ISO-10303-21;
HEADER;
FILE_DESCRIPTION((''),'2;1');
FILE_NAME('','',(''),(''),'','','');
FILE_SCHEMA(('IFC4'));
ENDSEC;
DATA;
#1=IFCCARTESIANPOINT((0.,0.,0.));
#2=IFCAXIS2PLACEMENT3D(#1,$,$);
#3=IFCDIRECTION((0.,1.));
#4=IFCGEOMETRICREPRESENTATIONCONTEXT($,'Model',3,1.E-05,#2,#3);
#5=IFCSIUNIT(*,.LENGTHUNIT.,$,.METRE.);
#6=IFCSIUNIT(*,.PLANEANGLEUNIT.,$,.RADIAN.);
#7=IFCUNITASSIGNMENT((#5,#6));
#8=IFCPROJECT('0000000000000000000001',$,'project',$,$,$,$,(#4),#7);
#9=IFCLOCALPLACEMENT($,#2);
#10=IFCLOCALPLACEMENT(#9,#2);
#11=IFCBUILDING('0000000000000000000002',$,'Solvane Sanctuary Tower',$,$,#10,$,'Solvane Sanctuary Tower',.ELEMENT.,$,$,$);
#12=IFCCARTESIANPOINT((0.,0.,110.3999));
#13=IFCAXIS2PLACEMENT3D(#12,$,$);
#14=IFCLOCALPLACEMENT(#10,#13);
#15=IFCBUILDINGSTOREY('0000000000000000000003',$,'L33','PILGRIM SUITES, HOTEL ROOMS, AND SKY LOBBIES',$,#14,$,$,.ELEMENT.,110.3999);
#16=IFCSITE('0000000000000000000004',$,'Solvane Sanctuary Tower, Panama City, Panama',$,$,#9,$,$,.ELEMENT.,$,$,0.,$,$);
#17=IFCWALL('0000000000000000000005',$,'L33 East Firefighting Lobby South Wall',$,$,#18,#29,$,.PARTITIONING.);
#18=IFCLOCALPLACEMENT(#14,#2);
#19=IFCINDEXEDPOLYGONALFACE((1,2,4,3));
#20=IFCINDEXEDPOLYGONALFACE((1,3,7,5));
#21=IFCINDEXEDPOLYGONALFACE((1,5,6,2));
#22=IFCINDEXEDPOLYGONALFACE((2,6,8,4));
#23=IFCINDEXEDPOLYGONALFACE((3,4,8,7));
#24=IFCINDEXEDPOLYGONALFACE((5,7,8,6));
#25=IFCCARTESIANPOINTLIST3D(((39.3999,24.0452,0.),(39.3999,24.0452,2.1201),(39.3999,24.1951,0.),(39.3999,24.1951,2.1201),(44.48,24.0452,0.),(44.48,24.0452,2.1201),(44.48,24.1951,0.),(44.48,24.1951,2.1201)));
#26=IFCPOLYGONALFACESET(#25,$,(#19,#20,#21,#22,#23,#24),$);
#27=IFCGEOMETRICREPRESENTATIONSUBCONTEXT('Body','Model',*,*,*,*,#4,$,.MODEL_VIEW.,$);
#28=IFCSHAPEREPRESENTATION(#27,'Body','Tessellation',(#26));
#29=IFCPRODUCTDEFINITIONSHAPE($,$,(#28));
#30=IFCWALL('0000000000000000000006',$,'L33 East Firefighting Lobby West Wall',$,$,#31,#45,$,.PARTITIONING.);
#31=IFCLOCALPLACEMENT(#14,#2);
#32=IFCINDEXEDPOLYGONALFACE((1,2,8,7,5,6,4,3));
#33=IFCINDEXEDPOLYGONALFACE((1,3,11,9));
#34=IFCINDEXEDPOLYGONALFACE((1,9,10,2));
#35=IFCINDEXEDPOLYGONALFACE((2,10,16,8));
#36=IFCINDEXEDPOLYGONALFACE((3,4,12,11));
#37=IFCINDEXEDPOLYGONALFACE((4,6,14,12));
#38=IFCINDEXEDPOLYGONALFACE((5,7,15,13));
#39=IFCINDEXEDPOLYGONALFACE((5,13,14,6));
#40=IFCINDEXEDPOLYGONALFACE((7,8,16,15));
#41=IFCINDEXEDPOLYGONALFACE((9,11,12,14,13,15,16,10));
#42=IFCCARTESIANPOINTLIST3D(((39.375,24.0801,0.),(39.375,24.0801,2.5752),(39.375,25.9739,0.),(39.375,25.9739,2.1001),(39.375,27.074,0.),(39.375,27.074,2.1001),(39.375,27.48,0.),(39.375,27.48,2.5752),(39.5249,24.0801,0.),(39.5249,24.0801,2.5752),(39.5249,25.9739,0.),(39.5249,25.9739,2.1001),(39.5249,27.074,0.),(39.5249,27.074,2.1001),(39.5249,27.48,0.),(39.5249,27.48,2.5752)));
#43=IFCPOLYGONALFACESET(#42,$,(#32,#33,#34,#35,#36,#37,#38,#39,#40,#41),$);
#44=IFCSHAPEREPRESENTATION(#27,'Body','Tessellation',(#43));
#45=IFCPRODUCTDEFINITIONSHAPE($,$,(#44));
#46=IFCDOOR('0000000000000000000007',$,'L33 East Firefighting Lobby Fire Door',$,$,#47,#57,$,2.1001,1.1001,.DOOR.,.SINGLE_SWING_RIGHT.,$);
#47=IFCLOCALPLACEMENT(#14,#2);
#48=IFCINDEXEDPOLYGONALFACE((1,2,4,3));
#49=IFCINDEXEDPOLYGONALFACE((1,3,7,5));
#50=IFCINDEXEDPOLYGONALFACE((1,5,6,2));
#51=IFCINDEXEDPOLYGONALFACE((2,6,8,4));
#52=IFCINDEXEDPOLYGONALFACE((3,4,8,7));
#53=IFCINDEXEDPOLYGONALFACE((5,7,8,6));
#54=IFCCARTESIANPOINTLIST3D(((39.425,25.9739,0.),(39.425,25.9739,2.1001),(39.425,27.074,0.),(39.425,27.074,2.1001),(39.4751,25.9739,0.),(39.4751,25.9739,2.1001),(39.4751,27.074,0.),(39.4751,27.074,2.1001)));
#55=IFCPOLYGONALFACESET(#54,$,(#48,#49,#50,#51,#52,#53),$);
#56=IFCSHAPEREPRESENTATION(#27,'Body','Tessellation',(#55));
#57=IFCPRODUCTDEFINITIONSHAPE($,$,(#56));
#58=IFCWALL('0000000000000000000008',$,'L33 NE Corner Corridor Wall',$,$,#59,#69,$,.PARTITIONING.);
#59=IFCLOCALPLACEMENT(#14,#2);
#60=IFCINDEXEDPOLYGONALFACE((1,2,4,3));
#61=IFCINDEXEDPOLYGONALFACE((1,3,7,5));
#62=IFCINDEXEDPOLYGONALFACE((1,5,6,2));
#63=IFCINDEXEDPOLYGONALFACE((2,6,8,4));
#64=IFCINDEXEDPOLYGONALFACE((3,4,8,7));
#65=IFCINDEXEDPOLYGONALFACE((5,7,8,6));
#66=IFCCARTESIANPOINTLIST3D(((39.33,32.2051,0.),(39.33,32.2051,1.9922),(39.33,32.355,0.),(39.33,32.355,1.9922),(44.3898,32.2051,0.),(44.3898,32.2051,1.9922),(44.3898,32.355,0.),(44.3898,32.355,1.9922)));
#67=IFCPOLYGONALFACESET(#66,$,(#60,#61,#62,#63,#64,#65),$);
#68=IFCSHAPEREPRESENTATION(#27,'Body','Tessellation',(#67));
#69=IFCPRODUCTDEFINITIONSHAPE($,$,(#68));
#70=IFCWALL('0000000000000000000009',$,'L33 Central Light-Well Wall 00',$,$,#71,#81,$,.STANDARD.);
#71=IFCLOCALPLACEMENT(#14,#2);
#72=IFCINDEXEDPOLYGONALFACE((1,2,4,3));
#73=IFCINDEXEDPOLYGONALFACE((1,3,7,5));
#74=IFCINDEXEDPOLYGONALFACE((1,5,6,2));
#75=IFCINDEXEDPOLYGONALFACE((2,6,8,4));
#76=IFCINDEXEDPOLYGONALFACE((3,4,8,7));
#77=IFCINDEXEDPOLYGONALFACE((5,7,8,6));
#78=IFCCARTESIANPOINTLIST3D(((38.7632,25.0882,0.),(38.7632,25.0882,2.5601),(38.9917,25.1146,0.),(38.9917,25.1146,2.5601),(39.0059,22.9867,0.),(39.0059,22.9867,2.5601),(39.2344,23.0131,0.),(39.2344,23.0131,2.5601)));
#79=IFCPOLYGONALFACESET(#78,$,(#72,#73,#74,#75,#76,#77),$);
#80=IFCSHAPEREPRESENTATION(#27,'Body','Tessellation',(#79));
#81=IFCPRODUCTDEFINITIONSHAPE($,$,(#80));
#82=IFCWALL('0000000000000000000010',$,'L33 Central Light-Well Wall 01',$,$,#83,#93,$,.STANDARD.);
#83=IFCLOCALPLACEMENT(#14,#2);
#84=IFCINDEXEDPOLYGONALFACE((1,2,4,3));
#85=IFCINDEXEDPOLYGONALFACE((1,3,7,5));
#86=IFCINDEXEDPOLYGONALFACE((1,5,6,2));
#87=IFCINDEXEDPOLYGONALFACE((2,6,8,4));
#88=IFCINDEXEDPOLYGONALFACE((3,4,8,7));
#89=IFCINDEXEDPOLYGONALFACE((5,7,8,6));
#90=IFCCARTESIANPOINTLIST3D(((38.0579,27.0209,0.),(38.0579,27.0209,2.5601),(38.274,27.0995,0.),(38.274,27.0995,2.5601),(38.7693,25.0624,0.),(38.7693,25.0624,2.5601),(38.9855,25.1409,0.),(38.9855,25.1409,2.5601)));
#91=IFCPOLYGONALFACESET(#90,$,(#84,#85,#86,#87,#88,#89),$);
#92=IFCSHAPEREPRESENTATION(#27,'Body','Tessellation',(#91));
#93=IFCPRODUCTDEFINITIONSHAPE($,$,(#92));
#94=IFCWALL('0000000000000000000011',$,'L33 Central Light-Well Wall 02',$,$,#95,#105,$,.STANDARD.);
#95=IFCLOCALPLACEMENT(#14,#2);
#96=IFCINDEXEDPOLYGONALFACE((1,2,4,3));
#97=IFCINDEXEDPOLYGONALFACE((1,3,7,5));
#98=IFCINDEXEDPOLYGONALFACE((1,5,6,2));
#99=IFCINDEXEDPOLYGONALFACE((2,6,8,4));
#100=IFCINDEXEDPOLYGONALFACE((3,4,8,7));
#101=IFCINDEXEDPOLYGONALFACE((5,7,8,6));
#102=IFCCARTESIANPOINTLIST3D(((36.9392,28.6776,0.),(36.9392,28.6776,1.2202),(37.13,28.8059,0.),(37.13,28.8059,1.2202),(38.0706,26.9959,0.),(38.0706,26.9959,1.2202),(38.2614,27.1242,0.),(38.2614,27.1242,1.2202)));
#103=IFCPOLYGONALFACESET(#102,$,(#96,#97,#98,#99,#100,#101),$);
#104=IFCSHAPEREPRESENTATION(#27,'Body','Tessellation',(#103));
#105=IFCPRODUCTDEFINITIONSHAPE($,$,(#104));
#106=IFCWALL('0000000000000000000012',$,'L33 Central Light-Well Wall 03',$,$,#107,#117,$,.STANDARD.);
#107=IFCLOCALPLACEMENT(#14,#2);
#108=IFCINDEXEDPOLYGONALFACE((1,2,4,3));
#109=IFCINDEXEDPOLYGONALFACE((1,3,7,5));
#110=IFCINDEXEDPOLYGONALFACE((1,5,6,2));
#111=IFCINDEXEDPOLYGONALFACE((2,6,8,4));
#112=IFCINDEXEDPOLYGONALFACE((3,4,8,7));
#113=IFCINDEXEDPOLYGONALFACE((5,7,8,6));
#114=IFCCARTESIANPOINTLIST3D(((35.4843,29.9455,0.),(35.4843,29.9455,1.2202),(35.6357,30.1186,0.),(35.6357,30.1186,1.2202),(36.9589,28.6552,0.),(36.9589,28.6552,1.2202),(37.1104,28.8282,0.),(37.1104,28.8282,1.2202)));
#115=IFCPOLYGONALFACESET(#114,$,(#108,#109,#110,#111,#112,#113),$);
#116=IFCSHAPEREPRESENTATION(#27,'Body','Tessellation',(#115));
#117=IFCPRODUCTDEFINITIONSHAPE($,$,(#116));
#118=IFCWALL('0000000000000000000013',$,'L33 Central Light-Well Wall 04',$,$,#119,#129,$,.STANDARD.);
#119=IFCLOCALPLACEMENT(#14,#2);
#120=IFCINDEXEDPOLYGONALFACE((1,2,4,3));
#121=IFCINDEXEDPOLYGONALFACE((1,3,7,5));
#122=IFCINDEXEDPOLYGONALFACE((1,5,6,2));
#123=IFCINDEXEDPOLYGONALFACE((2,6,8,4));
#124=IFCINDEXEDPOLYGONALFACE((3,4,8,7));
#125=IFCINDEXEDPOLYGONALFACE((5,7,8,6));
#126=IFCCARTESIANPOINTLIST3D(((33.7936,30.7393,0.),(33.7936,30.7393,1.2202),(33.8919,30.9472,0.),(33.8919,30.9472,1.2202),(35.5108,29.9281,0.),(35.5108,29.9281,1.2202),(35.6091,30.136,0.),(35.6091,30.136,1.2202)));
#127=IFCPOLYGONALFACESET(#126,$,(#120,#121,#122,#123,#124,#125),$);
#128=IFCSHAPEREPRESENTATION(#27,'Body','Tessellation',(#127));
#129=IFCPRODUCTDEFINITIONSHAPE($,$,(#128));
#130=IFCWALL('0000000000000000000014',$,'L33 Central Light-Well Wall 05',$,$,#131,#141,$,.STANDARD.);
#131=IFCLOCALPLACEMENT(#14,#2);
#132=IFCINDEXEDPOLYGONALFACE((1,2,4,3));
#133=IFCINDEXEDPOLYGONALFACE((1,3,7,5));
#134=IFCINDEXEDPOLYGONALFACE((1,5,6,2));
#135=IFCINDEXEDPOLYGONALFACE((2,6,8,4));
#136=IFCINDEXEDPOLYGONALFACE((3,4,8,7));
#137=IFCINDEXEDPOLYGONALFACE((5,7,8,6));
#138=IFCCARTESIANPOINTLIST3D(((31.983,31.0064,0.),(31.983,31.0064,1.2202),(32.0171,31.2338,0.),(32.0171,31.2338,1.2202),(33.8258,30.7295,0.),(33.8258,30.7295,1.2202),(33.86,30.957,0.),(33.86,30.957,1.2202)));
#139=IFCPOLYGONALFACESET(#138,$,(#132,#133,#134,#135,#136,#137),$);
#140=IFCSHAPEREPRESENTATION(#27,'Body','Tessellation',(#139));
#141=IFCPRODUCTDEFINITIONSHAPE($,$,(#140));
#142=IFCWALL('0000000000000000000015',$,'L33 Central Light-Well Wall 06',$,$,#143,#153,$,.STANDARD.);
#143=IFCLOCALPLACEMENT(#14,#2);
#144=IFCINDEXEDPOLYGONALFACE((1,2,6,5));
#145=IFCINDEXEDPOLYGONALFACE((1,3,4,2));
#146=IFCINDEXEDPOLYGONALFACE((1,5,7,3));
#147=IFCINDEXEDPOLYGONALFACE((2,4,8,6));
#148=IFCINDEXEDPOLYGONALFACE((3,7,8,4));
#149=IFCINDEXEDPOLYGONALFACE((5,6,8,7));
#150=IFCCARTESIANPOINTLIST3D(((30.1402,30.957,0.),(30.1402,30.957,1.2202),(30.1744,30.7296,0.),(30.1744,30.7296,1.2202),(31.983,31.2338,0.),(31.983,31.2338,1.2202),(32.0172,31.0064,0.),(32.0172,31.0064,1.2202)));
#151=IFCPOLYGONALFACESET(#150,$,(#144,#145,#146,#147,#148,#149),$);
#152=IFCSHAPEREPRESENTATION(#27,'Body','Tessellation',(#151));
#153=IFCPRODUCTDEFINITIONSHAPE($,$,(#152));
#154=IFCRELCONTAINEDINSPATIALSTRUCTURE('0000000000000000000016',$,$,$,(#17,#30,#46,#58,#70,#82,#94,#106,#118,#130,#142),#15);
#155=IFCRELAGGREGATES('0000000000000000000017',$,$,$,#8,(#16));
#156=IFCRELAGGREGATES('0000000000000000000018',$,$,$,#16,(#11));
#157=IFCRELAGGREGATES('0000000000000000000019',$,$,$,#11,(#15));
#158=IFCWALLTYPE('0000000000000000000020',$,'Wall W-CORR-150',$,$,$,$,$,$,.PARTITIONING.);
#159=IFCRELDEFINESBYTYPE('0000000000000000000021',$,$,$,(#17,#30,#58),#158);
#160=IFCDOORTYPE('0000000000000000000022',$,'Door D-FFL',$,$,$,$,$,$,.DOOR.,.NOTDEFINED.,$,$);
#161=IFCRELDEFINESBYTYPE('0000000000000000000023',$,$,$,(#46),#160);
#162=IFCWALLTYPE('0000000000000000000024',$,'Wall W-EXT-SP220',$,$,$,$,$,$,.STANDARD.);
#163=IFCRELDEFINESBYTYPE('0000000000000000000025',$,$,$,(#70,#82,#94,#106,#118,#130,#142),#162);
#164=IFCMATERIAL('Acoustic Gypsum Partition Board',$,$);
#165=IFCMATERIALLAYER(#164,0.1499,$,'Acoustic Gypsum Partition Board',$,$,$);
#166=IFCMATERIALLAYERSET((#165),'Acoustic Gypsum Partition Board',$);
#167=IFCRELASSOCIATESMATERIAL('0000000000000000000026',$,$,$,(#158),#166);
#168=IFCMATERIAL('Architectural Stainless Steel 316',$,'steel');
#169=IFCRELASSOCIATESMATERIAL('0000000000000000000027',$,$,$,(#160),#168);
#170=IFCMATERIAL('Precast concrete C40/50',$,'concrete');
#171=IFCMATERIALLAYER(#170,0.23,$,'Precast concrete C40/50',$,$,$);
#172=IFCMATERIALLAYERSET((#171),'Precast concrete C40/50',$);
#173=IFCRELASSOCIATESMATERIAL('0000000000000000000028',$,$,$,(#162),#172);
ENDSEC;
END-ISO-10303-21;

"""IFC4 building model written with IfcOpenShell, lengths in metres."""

from ifc_helpers import new_model, si_unit, direction, frame, frame_2d, origin, place, context, subcontext, project, spatial, rectangle, extrude, material, layer, layer_set, type_object, element, fill, save


model = new_model("IFC4")

# Units and contexts
model_context = context("Model", 3, precision=1e-05, world=origin(), true_north=direction((0.0, 1.0)))
body_context = subcontext(model_context, "Body", "Model", "MODEL_VIEW")
ifc_project = project(units=[si_unit("LENGTHUNIT", "METRE"), si_unit("PLANEANGLEUNIT", "RADIAN")], contexts=[model_context])

# Site, building, storey
site_placement = place(None, origin())
site = spatial("IfcSite", under=ifc_project, at=site_placement, Name="Solvane Sanctuary Tower, Panama City, Panama", CompositionType="ELEMENT", RefElevation=0.0)
building_placement = place(site_placement, origin())
building = spatial("IfcBuilding", under=site, at=building_placement, Name="Solvane Sanctuary Tower", LongName="Solvane Sanctuary Tower", CompositionType="ELEMENT")
storey_placement = place(building_placement, frame((0.0, 0.0, 110.3999)))
storey = spatial("IfcBuildingStorey", under=building, at=storey_placement, Name="L33", Description="PILGRIM SUITES, HOTEL ROOMS, AND SKY LOBBIES", CompositionType="ELEMENT", Elevation=110.3999)

# Wall
ifc_material_1 = material(Name="Acoustic Gypsum Partition Board")
ifc_layer_1 = layer(ifc_material_1, 0.1499, Name="Acoustic Gypsum Partition Board")
ifc_layer_set_1 = layer_set([ifc_layer_1], Name="Acoustic Gypsum Partition Board")
wall_type_1 = type_object("IfcWallType", Name="Wall W-CORR-150", PredefinedType="PARTITIONING", material=ifc_layer_set_1)
wall_1_placement = place(storey_placement, frame((39.3999, 24.1201, 0.0), z_axis=(0.0, 0.0, 1.0), x_axis=(1.0, 0.0, 0.0)))
element("IfcWall", 1, at=wall_1_placement, inside=storey, type_object=wall_type_1, Name="L33 East Firefighting Lobby South Wall", PredefinedType="PARTITIONING", context=body_context, shape_type="SweptSolid", body=[
    extrude(rectangle(XDim=5.0801, YDim=0.1499, at=frame_2d((2.54, 0.0))), origin(), (0.0, 0.0, 1.0), 2.1201),
])

# Wall, opening, door
wall_2_placement = place(storey_placement, frame((39.45, 24.0801, 0.0), z_axis=(0.0, 0.0, 1.0), x_axis=(0.0, 1.0, 0.0)))
wall_2 = element("IfcWall", 2, at=wall_2_placement, inside=storey, type_object=wall_type_1, Name="L33 East Firefighting Lobby West Wall", PredefinedType="PARTITIONING", context=body_context, shape_type="SweptSolid", body=[
    extrude(rectangle(XDim=3.3999, YDim=0.1499, at=frame_2d((1.7, 0.0))), origin(), (0.0, 0.0, 1.0), 2.5752),
])
opening_placement = place(wall_2_placement, frame((1.8938, 0.0, 0.0)))
opening = element("IfcOpeningElement", 3, at=opening_placement, cuts=wall_2, PredefinedType="OPENING", context=body_context, shape_type="SweptSolid", body=[
    extrude(rectangle(XDim=1.1001, YDim=2.1001, at=frame_2d((0.55, 1.05))), frame((0.0, 0.085, 0.0), z_axis=(0.0, -1.0, 0.0), x_axis=(1.0, 0.0, 0.0)), (0.0, 0.0, 1.0), 0.1699),
])
ifc_material_2 = material(Name="Architectural Stainless Steel 316", Category="steel")
door_type = type_object("IfcDoorType", Name="Door D-FFL", OperationType="NOTDEFINED", PredefinedType="DOOR", material=ifc_material_2)
door_placement = place(opening_placement, origin())
door = element("IfcDoor", 4, at=door_placement, inside=storey, type_object=door_type, Name="L33 East Firefighting Lobby Fire Door", OperationType="SINGLE_SWING_RIGHT", OverallHeight=2.1001, OverallWidth=1.1001, PredefinedType="DOOR", context=body_context, shape_type="SweptSolid", body=[
    extrude(rectangle(XDim=1.1001, YDim=2.1001, at=frame_2d((0.55, 1.05))), frame((0.0, 0.0249, 0.0), z_axis=(0.0, -1.0, 0.0), x_axis=(1.0, 0.0, 0.0)), (0.0, 0.0, 1.0), 0.05),
])
fill(opening, door)

# Walls
wall_3_placement = place(storey_placement, frame((39.3301, 32.28, 0.0), z_axis=(0.0, 0.0, 1.0), x_axis=(1.0, 0.0, 0.0)))
element("IfcWall", 5, at=wall_3_placement, inside=storey, type_object=wall_type_1, Name="L33 NE Corner Corridor Wall", PredefinedType="PARTITIONING", context=body_context, shape_type="SweptSolid", body=[
    extrude(rectangle(XDim=5.0598, YDim=0.1499, at=frame_2d((2.5298, 0.0))), origin(), (0.0, 0.0, 1.0), 1.9922),
])
ifc_material_3 = material(Name="Precast concrete C40/50", Category="concrete")
ifc_layer_2 = layer(ifc_material_3, 0.23, Name="Precast concrete C40/50")
ifc_layer_set_2 = layer_set([ifc_layer_2], Name="Precast concrete C40/50")
wall_type_2 = type_object("IfcWallType", Name="Wall W-EXT-SP220", PredefinedType="STANDARD", material=ifc_layer_set_2)
wall_4_placement = place(storey_placement, frame((39.1201, 23.0, 0.0), z_axis=(0.0, 0.0, 1.0), x_axis=(-0.114712, 0.993399, 0.0)))
element("IfcWall", 6, at=wall_4_placement, inside=storey, type_object=wall_type_2, Name="L33 Central Light-Well Wall 00", PredefinedType="STANDARD", context=body_context, shape_type="SweptSolid", body=[
    extrude(rectangle(XDim=2.1155, YDim=0.23, at=frame_2d((1.0576, 0.0))), origin(), (0.0, 0.0, 1.0), 2.5601),
])
wall_5_placement = place(storey_placement, frame((38.8774, 25.1016, 0.0), z_axis=(0.0, 0.0, 1.0), x_axis=(-0.341423, 0.93991, 0.0)))
element("IfcWall", 7, at=wall_5_placement, inside=storey, type_object=wall_type_2, Name="L33 Central Light-Well Wall 01", PredefinedType="STANDARD", context=body_context, shape_type="SweptSolid", body=[
    extrude(rectangle(XDim=2.0837, YDim=0.23, at=frame_2d((1.042, 0.0))), origin(), (0.0, 0.0, 1.0), 2.5601),
])
wall_6_placement = place(storey_placement, frame((38.166, 27.0601, 0.0), z_axis=(0.0, 0.0, 1.0), x_axis=(-0.558198, 0.829708, 0.0)))
element("IfcWall", 8, at=wall_6_placement, inside=storey, type_object=wall_type_2, Name="L33 Central Light-Well Wall 02", PredefinedType="STANDARD", context=body_context, shape_type="SweptSolid", body=[
    extrude(rectangle(XDim=2.0269, YDim=0.23, at=frame_2d((1.0134, 0.0))), origin(), (0.0, 0.0, 1.0), 1.2202),
])
wall_7_placement = place(storey_placement, frame((37.0347, 28.7417, 0.0), z_axis=(0.0, 0.0, 1.0), x_axis=(-0.752577, 0.658505, 0.0)))
element("IfcWall", 9, at=wall_7_placement, inside=storey, type_object=wall_type_2, Name="L33 Central Light-Well Wall 03", PredefinedType="STANDARD", context=body_context, shape_type="SweptSolid", body=[
    extrude(rectangle(XDim=1.9595, YDim=0.23, at=frame_2d((0.9797, 0.0))), origin(), (0.0, 0.0, 1.0), 1.2202),
])
wall_8_placement = place(storey_placement, frame((35.5601, 30.032, 0.0), z_axis=(0.0, 0.0, 1.0), x_axis=(-0.90418, 0.427152, 0.0)))
element("IfcWall", 10, at=wall_8_placement, inside=storey, type_object=wall_type_2, Name="L33 Central Light-Well Wall 04", PredefinedType="STANDARD", context=body_context, shape_type="SweptSolid", body=[
    extrude(rectangle(XDim=1.8992, YDim=0.23, at=frame_2d((0.9497, 0.0))), origin(), (0.0, 0.0, 1.0), 1.2202),
])
for number, where, z_axis, x_axis, name in (
    (11, (33.8428, 30.8433, 0.0), (0.0, 0.0, 1.0), (-0.988902, 0.148571, 0.0), "L33 Central Light-Well Wall 05"),
    (12, (32.0, 31.1201, 0.0), (0.0, 0.0, 1.0), (-0.988902, -0.148571, 0.0), "L33 Central Light-Well Wall 06"),
):
    element("IfcWall", number, at=place(storey_placement, frame(where, z_axis=z_axis, x_axis=x_axis)), inside=storey, type_object=wall_type_2, Name=name, PredefinedType="STANDARD", context=body_context, shape_type="SweptSolid", body=[
        extrude(rectangle(XDim=1.8635, YDim=0.23, at=frame_2d((0.9316, 0.0))), origin(), (0.0, 0.0, 1.0), 1.2202),
    ])

save(model, "model.ifc")
